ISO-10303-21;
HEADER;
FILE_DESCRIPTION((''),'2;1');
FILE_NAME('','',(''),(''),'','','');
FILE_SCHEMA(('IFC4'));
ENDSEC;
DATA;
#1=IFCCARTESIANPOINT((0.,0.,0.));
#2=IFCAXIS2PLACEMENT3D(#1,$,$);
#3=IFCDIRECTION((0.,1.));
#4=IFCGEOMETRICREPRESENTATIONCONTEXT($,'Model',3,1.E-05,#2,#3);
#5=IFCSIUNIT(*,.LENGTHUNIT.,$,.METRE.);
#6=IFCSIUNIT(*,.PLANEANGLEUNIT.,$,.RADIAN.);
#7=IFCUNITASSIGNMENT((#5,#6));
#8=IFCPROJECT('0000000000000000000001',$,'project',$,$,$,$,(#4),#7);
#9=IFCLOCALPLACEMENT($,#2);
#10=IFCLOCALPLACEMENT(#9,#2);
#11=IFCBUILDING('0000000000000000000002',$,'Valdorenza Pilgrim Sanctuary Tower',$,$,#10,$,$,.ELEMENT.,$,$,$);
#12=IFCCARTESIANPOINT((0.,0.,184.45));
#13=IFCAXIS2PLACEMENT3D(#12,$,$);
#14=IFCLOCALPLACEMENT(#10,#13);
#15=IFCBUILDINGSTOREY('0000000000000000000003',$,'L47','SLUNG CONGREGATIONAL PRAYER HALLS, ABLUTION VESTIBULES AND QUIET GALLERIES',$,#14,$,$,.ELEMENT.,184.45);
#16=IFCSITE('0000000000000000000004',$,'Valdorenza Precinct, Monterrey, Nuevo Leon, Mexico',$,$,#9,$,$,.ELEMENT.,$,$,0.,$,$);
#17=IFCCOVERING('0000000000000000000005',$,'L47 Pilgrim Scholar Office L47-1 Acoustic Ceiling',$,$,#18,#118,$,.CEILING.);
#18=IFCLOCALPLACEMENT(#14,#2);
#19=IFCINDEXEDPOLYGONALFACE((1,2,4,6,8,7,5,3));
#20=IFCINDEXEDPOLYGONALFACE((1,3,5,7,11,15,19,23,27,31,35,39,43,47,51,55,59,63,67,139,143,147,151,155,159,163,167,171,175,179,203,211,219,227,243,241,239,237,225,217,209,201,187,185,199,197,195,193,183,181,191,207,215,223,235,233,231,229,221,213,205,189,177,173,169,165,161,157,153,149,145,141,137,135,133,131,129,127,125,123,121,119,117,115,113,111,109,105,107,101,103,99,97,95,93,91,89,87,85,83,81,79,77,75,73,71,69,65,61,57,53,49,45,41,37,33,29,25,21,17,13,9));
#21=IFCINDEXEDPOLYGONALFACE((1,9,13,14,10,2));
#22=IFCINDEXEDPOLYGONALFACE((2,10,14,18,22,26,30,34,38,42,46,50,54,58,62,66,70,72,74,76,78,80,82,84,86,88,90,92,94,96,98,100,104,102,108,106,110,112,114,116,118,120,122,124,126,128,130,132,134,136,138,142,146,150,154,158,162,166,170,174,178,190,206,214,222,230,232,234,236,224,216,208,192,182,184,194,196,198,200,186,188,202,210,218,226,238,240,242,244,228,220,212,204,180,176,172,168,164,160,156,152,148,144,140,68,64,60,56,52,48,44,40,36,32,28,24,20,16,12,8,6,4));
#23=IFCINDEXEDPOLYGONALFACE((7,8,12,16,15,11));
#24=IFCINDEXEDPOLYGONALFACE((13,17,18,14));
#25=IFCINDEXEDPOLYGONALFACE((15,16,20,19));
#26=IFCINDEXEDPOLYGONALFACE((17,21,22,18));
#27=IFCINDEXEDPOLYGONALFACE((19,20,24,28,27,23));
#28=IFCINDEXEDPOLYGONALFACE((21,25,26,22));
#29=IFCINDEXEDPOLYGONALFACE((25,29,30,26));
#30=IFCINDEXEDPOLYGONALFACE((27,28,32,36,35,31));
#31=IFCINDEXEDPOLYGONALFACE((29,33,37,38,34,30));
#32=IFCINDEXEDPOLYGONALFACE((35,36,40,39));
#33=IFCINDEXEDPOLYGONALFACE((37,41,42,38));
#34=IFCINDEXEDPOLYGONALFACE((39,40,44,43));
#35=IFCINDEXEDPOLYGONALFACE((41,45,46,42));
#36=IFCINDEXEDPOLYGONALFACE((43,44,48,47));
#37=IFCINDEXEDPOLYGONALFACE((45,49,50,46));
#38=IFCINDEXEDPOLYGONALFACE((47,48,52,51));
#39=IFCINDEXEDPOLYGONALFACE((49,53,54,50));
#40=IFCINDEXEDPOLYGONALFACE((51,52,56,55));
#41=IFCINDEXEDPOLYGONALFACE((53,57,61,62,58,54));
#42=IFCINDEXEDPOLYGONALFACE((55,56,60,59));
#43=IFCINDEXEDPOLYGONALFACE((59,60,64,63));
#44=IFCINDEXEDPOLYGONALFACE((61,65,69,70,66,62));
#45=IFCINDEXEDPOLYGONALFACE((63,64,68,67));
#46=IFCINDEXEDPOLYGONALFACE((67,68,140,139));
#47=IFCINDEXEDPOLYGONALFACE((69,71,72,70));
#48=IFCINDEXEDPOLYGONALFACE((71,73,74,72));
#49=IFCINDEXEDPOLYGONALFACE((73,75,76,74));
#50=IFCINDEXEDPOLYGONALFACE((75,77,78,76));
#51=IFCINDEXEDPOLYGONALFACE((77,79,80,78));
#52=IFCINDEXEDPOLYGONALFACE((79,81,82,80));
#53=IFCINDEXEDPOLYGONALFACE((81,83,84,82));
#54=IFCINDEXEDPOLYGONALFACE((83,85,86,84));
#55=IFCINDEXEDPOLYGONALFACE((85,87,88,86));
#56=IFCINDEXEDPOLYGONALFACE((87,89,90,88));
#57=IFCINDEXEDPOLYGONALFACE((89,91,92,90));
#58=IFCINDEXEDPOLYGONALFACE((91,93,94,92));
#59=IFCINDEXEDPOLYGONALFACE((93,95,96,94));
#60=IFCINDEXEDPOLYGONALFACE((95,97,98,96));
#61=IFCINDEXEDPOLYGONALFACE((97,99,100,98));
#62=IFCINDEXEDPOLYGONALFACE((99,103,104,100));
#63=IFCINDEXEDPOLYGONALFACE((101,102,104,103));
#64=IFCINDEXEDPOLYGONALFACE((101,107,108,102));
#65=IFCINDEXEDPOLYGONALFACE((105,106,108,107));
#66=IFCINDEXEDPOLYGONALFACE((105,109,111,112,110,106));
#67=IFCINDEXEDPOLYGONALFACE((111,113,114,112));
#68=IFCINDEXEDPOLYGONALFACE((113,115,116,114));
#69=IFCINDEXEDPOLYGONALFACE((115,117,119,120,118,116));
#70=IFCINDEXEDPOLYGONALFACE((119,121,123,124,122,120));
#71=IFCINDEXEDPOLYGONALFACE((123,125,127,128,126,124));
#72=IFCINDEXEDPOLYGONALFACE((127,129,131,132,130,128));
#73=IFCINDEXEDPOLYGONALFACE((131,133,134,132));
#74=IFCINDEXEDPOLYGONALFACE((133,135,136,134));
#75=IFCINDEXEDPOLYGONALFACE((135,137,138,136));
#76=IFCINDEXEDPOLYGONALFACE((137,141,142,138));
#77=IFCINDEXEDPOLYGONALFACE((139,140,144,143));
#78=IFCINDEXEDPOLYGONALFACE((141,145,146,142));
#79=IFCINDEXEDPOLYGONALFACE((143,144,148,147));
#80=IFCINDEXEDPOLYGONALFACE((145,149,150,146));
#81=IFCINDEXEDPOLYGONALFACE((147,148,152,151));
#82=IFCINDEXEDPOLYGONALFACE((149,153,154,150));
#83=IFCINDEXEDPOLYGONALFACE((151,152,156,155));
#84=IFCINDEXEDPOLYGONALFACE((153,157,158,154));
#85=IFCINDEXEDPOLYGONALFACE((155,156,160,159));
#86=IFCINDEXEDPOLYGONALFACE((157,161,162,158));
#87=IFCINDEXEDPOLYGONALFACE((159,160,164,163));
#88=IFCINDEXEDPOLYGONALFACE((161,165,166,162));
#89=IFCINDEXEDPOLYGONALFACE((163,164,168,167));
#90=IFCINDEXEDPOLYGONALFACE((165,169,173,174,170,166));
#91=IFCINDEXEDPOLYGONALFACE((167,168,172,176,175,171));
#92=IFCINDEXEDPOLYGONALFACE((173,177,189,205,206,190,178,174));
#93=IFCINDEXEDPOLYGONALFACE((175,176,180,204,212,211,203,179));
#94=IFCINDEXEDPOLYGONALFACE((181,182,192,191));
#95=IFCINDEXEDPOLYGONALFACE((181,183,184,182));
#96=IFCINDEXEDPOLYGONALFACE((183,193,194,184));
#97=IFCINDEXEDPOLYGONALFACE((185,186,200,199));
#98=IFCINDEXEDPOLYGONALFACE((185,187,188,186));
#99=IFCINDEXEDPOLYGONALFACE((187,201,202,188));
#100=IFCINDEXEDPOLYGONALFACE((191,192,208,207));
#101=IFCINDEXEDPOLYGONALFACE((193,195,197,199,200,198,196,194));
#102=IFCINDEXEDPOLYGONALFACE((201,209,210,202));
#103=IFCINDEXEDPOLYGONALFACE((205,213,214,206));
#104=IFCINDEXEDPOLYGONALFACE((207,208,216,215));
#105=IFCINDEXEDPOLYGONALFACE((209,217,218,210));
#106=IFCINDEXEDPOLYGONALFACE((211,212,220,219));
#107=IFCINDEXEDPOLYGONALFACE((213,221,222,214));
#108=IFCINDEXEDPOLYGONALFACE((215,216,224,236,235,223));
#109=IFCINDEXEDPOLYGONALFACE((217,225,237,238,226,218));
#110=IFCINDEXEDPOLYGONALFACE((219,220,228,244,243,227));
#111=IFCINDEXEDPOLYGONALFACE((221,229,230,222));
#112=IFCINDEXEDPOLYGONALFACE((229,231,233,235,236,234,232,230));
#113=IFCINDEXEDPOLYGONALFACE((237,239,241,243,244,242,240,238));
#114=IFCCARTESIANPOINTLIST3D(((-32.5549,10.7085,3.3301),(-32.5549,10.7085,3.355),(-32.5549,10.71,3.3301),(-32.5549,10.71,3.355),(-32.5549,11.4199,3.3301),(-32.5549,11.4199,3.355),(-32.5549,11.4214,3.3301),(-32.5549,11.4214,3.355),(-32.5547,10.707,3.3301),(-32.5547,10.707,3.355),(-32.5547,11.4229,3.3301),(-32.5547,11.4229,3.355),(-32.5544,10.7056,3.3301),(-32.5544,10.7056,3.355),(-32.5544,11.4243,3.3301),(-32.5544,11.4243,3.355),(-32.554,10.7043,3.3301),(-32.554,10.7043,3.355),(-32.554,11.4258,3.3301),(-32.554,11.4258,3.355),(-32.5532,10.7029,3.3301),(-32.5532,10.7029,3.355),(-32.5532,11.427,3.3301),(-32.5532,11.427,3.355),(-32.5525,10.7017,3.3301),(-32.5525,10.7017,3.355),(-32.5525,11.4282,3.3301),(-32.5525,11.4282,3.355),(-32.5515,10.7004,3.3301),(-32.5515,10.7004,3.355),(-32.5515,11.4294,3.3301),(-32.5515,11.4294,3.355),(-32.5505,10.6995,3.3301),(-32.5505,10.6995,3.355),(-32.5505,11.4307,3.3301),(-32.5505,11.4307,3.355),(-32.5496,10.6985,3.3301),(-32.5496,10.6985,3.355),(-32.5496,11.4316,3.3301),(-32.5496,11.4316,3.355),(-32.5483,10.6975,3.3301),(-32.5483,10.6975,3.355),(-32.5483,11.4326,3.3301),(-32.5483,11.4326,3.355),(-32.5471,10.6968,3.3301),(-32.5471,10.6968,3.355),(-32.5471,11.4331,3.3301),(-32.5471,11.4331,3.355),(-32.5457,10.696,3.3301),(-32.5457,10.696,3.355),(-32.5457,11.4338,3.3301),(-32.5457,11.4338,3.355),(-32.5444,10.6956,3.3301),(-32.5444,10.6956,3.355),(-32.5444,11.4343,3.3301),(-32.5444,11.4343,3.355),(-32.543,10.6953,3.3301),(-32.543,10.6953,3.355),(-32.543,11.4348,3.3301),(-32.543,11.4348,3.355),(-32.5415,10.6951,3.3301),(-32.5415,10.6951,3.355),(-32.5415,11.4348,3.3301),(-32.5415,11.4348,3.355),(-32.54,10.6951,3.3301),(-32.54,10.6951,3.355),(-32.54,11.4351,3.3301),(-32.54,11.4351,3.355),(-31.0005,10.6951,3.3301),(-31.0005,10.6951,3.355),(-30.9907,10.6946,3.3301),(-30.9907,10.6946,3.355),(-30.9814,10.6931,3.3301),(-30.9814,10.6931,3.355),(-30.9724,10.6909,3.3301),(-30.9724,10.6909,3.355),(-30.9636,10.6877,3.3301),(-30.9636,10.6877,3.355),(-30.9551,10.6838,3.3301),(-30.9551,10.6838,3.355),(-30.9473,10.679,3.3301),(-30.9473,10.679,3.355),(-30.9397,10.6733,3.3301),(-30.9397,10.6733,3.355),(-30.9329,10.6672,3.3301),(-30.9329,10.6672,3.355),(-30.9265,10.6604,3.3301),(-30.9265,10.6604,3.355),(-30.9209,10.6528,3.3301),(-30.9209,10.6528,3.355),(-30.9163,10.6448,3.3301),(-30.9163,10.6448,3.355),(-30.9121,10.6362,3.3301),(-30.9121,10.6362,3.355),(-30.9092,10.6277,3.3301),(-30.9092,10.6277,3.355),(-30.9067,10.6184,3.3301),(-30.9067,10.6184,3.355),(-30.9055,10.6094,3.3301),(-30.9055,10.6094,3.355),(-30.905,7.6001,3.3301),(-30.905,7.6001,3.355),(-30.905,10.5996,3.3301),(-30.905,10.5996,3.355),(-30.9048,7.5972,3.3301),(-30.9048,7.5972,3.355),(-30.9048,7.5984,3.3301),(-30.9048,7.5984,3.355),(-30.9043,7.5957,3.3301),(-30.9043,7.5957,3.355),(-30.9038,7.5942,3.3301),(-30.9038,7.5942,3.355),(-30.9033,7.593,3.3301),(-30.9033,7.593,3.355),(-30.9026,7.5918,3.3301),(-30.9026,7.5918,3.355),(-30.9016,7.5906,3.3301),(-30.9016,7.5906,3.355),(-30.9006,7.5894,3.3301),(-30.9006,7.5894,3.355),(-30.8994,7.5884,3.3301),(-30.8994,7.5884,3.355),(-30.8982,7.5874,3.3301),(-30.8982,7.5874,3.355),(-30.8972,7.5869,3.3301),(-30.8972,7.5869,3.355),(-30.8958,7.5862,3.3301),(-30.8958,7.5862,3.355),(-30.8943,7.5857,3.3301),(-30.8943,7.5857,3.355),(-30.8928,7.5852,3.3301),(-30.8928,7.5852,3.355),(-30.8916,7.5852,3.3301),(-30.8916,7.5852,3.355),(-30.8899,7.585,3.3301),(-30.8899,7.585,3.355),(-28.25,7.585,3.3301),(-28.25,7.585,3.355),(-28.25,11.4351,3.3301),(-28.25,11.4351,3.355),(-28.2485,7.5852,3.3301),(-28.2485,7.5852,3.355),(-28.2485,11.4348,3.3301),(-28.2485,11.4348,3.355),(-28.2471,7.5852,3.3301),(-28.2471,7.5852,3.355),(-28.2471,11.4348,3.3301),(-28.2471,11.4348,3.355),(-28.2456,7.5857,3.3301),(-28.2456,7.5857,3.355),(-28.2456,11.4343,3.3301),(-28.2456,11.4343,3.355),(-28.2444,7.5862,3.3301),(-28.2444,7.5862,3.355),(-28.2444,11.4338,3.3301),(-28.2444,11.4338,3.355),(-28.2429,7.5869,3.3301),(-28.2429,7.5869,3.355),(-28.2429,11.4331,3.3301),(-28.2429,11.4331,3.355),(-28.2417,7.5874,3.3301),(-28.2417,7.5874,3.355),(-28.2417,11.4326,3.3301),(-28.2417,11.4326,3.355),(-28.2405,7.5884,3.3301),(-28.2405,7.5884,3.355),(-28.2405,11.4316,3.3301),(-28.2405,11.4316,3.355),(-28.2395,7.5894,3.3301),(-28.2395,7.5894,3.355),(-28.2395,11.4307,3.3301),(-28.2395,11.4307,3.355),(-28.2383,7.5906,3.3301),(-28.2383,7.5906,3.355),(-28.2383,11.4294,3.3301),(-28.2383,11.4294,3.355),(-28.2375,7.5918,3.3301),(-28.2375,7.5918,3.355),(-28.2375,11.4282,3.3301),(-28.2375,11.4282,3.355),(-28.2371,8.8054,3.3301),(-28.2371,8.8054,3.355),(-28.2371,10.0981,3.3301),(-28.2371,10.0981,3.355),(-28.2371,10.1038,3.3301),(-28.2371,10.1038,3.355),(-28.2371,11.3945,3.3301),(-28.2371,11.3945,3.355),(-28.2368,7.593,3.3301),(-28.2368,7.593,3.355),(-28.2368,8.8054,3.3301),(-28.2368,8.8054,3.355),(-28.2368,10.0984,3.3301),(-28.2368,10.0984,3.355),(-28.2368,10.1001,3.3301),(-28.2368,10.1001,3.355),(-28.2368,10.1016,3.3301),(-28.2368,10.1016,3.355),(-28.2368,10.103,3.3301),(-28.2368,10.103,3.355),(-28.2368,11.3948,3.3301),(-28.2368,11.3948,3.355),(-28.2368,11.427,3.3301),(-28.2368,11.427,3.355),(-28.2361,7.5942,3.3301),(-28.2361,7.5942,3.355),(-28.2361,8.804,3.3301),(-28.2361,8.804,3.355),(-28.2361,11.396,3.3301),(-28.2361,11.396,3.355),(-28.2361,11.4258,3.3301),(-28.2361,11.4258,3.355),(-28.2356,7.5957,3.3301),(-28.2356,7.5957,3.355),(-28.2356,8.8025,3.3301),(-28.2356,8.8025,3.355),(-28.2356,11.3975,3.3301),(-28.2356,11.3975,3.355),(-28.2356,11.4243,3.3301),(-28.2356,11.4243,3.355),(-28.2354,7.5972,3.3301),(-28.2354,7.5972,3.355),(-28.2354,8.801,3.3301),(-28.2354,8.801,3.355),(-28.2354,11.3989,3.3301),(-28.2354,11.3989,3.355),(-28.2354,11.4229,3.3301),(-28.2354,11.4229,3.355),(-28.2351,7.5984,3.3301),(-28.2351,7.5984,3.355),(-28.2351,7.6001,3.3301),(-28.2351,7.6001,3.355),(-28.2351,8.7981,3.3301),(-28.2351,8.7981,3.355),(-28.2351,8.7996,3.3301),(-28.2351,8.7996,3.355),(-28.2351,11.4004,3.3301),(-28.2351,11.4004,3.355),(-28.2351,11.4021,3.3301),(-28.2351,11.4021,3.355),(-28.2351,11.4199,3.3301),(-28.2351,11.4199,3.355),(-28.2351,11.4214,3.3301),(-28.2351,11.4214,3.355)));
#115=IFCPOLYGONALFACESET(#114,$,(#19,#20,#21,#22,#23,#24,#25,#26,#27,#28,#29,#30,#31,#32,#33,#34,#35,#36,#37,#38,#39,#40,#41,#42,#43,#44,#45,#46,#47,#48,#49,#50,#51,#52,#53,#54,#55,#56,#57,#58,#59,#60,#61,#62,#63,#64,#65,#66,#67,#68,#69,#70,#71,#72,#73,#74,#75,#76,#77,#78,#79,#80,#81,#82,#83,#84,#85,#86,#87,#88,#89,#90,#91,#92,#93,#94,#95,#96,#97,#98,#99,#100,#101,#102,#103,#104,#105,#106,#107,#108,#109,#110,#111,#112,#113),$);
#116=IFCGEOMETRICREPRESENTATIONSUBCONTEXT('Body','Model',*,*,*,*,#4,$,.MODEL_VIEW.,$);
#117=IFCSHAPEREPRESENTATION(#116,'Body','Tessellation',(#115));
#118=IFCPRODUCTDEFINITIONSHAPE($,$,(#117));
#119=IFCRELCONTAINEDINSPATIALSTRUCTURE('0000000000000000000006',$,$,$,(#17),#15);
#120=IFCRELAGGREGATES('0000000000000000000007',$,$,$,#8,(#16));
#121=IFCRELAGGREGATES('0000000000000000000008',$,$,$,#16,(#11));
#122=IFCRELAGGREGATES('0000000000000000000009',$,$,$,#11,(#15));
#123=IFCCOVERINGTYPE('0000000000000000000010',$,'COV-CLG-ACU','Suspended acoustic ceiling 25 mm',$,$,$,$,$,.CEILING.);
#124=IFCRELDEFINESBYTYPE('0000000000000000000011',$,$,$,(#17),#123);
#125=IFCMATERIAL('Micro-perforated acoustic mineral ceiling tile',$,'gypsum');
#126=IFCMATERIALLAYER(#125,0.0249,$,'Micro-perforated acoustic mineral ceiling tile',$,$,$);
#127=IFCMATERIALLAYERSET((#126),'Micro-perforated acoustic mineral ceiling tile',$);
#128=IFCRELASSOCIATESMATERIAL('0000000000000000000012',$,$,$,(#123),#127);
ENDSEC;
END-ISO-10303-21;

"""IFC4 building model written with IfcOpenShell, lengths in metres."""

from ifc_helpers import new_model, si_unit, direction, frame, origin, place, context, subcontext, project, spatial, polyline, outline, extrude, material, layer, layer_set, type_object, element, save


model = new_model("IFC4")

# Units and contexts
model_context = context("Model", 3, precision=1e-05, world=origin(), true_north=direction((0.0, 1.0)))
body_context = subcontext(model_context, "Body", "Model", "MODEL_VIEW")
ifc_project = project(units=[si_unit("LENGTHUNIT", "METRE"), si_unit("PLANEANGLEUNIT", "RADIAN")], contexts=[model_context])

# Site, building, storey
site_placement = place(None, origin())
site = spatial("IfcSite", under=ifc_project, at=site_placement, Name="Valdorenza Precinct, Monterrey, Nuevo Leon, Mexico", CompositionType="ELEMENT", RefElevation=0.0)
building_placement = place(site_placement, origin())
building = spatial("IfcBuilding", under=site, at=building_placement, Name="Valdorenza Pilgrim Sanctuary Tower", CompositionType="ELEMENT")
storey_placement = place(building_placement, frame((0.0, 0.0, 184.45)))
storey = spatial("IfcBuildingStorey", under=building, at=storey_placement, Name="L47", Description="SLUNG CONGREGATIONAL PRAYER HALLS, ABLUTION VESTIBULES AND QUIET GALLERIES", CompositionType="ELEMENT", Elevation=184.45)

# Covering
ifc_material_1 = material(Name="Micro-perforated acoustic mineral ceiling tile", Category="gypsum")
ifc_layer_1 = layer(ifc_material_1, 0.0249, Name="Micro-perforated acoustic mineral ceiling tile")
ifc_layer_set_1 = layer_set([ifc_layer_1], Name="Micro-perforated acoustic mineral ceiling tile")
covering_type_1 = type_object("IfcCoveringType", Name="COV-CLG-ACU", Description="Suspended acoustic ceiling 25 mm", PredefinedType="CEILING", material=ifc_layer_set_1)
covering_1_placement = place(storey_placement, frame((0.0, 0.0, 3.3301)))
element("IfcCovering", 1, at=covering_1_placement, inside=storey, type_object=covering_type_1, Name="L47 Pilgrim Scholar Office L47-1 Acoustic Ceiling", PredefinedType="CEILING", context=body_context, shape_type="SweptSolid", body=[
    extrude(outline(polyline([(-28.2371, 8.8054), (-28.2368, 8.8054), (-28.2361, 8.804), (-28.2356, 8.8025), (-28.2354, 8.801), (-28.2351, 8.7996), (-28.2351, 8.7981), (-28.2351, 7.6001), (-28.2351, 7.5984), (-28.2354, 7.5972), (-28.2356, 7.5957), (-28.2361, 7.5942), (-28.2368, 7.593), (-28.2375, 7.5918), (-28.2383, 7.5906), (-28.2395, 7.5894), (-28.2405, 7.5884), (-28.2417, 7.5874), (-28.2429, 7.5869), (-28.2444, 7.5862), (-28.2456, 7.5857), (-28.2471, 7.5852), (-28.2485, 7.5852), (-28.25, 7.585), (-30.8899, 7.585), (-30.8916, 7.5852), (-30.8928, 7.5852), (-30.8943, 7.5857), (-30.8958, 7.5862), (-30.8972, 7.5869), (-30.8982, 7.5874), (-30.8994, 7.5884), (-30.9006, 7.5894), (-30.9016, 7.5906), (-30.9026, 7.5918), (-30.9033, 7.593), (-30.9038, 7.5942), (-30.9043, 7.5957), (-30.9048, 7.5972), (-30.9048, 7.5984), (-30.905, 7.6001), (-30.905, 10.5996), (-30.9055, 10.6094), (-30.9067, 10.6184), (-30.9092, 10.6277), (-30.9121, 10.6362), (-30.9163, 10.6448), (-30.9209, 10.6528), (-30.9265, 10.6604), (-30.9329, 10.6672), (-30.9397, 10.6733), (-30.9473, 10.679), (-30.9551, 10.6838), (-30.9636, 10.6877), (-30.9724, 10.6909), (-30.9814, 10.6931), (-30.9907, 10.6946), (-31.0005, 10.6951), (-32.54, 10.6951), (-32.5415, 10.6951), (-32.543, 10.6953), (-32.5444, 10.6956), (-32.5457, 10.696), (-32.5471, 10.6968), (-32.5483, 10.6975), (-32.5496, 10.6985), (-32.5505, 10.6995), (-32.5515, 10.7004), (-32.5525, 10.7017), (-32.5532, 10.7029), (-32.554, 10.7043), (-32.5544, 10.7056), (-32.5547, 10.707), (-32.5549, 10.7085), (-32.5549, 10.71), (-32.5549, 11.4199), (-32.5549, 11.4214), (-32.5547, 11.4229), (-32.5544, 11.4243), (-32.554, 11.4258), (-32.5532, 11.427), (-32.5525, 11.4282), (-32.5515, 11.4294), (-32.5505, 11.4307), (-32.5496, 11.4316), (-32.5483, 11.4326), (-32.5471, 11.4331), (-32.5457, 11.4338), (-32.5444, 11.4343), (-32.543, 11.4348), (-32.5415, 11.4348), (-32.54, 11.4351), (-28.25, 11.4351), (-28.2485, 11.4348), (-28.2471, 11.4348), (-28.2456, 11.4343), (-28.2444, 11.4338), (-28.2429, 11.4331), (-28.2417, 11.4326), (-28.2405, 11.4316), (-28.2395, 11.4307), (-28.2383, 11.4294), (-28.2375, 11.4282), (-28.2368, 11.427), (-28.2361, 11.4258), (-28.2356, 11.4243), (-28.2354, 11.4229), (-28.2351, 11.4214), (-28.2351, 11.4199), (-28.2351, 11.4021), (-28.2351, 11.4004), (-28.2354, 11.3989), (-28.2356, 11.3975), (-28.2361, 11.396), (-28.2368, 11.3948), (-28.2371, 11.3945), (-28.2371, 10.1038), (-28.2368, 10.103), (-28.2368, 10.1016), (-28.2368, 10.1001), (-28.2368, 10.0984), (-28.2371, 10.0981), (-28.2371, 8.8054)])), origin(), (0.0, 0.0, 1.0), 0.0249),
])

save(model, "model.ifc")
